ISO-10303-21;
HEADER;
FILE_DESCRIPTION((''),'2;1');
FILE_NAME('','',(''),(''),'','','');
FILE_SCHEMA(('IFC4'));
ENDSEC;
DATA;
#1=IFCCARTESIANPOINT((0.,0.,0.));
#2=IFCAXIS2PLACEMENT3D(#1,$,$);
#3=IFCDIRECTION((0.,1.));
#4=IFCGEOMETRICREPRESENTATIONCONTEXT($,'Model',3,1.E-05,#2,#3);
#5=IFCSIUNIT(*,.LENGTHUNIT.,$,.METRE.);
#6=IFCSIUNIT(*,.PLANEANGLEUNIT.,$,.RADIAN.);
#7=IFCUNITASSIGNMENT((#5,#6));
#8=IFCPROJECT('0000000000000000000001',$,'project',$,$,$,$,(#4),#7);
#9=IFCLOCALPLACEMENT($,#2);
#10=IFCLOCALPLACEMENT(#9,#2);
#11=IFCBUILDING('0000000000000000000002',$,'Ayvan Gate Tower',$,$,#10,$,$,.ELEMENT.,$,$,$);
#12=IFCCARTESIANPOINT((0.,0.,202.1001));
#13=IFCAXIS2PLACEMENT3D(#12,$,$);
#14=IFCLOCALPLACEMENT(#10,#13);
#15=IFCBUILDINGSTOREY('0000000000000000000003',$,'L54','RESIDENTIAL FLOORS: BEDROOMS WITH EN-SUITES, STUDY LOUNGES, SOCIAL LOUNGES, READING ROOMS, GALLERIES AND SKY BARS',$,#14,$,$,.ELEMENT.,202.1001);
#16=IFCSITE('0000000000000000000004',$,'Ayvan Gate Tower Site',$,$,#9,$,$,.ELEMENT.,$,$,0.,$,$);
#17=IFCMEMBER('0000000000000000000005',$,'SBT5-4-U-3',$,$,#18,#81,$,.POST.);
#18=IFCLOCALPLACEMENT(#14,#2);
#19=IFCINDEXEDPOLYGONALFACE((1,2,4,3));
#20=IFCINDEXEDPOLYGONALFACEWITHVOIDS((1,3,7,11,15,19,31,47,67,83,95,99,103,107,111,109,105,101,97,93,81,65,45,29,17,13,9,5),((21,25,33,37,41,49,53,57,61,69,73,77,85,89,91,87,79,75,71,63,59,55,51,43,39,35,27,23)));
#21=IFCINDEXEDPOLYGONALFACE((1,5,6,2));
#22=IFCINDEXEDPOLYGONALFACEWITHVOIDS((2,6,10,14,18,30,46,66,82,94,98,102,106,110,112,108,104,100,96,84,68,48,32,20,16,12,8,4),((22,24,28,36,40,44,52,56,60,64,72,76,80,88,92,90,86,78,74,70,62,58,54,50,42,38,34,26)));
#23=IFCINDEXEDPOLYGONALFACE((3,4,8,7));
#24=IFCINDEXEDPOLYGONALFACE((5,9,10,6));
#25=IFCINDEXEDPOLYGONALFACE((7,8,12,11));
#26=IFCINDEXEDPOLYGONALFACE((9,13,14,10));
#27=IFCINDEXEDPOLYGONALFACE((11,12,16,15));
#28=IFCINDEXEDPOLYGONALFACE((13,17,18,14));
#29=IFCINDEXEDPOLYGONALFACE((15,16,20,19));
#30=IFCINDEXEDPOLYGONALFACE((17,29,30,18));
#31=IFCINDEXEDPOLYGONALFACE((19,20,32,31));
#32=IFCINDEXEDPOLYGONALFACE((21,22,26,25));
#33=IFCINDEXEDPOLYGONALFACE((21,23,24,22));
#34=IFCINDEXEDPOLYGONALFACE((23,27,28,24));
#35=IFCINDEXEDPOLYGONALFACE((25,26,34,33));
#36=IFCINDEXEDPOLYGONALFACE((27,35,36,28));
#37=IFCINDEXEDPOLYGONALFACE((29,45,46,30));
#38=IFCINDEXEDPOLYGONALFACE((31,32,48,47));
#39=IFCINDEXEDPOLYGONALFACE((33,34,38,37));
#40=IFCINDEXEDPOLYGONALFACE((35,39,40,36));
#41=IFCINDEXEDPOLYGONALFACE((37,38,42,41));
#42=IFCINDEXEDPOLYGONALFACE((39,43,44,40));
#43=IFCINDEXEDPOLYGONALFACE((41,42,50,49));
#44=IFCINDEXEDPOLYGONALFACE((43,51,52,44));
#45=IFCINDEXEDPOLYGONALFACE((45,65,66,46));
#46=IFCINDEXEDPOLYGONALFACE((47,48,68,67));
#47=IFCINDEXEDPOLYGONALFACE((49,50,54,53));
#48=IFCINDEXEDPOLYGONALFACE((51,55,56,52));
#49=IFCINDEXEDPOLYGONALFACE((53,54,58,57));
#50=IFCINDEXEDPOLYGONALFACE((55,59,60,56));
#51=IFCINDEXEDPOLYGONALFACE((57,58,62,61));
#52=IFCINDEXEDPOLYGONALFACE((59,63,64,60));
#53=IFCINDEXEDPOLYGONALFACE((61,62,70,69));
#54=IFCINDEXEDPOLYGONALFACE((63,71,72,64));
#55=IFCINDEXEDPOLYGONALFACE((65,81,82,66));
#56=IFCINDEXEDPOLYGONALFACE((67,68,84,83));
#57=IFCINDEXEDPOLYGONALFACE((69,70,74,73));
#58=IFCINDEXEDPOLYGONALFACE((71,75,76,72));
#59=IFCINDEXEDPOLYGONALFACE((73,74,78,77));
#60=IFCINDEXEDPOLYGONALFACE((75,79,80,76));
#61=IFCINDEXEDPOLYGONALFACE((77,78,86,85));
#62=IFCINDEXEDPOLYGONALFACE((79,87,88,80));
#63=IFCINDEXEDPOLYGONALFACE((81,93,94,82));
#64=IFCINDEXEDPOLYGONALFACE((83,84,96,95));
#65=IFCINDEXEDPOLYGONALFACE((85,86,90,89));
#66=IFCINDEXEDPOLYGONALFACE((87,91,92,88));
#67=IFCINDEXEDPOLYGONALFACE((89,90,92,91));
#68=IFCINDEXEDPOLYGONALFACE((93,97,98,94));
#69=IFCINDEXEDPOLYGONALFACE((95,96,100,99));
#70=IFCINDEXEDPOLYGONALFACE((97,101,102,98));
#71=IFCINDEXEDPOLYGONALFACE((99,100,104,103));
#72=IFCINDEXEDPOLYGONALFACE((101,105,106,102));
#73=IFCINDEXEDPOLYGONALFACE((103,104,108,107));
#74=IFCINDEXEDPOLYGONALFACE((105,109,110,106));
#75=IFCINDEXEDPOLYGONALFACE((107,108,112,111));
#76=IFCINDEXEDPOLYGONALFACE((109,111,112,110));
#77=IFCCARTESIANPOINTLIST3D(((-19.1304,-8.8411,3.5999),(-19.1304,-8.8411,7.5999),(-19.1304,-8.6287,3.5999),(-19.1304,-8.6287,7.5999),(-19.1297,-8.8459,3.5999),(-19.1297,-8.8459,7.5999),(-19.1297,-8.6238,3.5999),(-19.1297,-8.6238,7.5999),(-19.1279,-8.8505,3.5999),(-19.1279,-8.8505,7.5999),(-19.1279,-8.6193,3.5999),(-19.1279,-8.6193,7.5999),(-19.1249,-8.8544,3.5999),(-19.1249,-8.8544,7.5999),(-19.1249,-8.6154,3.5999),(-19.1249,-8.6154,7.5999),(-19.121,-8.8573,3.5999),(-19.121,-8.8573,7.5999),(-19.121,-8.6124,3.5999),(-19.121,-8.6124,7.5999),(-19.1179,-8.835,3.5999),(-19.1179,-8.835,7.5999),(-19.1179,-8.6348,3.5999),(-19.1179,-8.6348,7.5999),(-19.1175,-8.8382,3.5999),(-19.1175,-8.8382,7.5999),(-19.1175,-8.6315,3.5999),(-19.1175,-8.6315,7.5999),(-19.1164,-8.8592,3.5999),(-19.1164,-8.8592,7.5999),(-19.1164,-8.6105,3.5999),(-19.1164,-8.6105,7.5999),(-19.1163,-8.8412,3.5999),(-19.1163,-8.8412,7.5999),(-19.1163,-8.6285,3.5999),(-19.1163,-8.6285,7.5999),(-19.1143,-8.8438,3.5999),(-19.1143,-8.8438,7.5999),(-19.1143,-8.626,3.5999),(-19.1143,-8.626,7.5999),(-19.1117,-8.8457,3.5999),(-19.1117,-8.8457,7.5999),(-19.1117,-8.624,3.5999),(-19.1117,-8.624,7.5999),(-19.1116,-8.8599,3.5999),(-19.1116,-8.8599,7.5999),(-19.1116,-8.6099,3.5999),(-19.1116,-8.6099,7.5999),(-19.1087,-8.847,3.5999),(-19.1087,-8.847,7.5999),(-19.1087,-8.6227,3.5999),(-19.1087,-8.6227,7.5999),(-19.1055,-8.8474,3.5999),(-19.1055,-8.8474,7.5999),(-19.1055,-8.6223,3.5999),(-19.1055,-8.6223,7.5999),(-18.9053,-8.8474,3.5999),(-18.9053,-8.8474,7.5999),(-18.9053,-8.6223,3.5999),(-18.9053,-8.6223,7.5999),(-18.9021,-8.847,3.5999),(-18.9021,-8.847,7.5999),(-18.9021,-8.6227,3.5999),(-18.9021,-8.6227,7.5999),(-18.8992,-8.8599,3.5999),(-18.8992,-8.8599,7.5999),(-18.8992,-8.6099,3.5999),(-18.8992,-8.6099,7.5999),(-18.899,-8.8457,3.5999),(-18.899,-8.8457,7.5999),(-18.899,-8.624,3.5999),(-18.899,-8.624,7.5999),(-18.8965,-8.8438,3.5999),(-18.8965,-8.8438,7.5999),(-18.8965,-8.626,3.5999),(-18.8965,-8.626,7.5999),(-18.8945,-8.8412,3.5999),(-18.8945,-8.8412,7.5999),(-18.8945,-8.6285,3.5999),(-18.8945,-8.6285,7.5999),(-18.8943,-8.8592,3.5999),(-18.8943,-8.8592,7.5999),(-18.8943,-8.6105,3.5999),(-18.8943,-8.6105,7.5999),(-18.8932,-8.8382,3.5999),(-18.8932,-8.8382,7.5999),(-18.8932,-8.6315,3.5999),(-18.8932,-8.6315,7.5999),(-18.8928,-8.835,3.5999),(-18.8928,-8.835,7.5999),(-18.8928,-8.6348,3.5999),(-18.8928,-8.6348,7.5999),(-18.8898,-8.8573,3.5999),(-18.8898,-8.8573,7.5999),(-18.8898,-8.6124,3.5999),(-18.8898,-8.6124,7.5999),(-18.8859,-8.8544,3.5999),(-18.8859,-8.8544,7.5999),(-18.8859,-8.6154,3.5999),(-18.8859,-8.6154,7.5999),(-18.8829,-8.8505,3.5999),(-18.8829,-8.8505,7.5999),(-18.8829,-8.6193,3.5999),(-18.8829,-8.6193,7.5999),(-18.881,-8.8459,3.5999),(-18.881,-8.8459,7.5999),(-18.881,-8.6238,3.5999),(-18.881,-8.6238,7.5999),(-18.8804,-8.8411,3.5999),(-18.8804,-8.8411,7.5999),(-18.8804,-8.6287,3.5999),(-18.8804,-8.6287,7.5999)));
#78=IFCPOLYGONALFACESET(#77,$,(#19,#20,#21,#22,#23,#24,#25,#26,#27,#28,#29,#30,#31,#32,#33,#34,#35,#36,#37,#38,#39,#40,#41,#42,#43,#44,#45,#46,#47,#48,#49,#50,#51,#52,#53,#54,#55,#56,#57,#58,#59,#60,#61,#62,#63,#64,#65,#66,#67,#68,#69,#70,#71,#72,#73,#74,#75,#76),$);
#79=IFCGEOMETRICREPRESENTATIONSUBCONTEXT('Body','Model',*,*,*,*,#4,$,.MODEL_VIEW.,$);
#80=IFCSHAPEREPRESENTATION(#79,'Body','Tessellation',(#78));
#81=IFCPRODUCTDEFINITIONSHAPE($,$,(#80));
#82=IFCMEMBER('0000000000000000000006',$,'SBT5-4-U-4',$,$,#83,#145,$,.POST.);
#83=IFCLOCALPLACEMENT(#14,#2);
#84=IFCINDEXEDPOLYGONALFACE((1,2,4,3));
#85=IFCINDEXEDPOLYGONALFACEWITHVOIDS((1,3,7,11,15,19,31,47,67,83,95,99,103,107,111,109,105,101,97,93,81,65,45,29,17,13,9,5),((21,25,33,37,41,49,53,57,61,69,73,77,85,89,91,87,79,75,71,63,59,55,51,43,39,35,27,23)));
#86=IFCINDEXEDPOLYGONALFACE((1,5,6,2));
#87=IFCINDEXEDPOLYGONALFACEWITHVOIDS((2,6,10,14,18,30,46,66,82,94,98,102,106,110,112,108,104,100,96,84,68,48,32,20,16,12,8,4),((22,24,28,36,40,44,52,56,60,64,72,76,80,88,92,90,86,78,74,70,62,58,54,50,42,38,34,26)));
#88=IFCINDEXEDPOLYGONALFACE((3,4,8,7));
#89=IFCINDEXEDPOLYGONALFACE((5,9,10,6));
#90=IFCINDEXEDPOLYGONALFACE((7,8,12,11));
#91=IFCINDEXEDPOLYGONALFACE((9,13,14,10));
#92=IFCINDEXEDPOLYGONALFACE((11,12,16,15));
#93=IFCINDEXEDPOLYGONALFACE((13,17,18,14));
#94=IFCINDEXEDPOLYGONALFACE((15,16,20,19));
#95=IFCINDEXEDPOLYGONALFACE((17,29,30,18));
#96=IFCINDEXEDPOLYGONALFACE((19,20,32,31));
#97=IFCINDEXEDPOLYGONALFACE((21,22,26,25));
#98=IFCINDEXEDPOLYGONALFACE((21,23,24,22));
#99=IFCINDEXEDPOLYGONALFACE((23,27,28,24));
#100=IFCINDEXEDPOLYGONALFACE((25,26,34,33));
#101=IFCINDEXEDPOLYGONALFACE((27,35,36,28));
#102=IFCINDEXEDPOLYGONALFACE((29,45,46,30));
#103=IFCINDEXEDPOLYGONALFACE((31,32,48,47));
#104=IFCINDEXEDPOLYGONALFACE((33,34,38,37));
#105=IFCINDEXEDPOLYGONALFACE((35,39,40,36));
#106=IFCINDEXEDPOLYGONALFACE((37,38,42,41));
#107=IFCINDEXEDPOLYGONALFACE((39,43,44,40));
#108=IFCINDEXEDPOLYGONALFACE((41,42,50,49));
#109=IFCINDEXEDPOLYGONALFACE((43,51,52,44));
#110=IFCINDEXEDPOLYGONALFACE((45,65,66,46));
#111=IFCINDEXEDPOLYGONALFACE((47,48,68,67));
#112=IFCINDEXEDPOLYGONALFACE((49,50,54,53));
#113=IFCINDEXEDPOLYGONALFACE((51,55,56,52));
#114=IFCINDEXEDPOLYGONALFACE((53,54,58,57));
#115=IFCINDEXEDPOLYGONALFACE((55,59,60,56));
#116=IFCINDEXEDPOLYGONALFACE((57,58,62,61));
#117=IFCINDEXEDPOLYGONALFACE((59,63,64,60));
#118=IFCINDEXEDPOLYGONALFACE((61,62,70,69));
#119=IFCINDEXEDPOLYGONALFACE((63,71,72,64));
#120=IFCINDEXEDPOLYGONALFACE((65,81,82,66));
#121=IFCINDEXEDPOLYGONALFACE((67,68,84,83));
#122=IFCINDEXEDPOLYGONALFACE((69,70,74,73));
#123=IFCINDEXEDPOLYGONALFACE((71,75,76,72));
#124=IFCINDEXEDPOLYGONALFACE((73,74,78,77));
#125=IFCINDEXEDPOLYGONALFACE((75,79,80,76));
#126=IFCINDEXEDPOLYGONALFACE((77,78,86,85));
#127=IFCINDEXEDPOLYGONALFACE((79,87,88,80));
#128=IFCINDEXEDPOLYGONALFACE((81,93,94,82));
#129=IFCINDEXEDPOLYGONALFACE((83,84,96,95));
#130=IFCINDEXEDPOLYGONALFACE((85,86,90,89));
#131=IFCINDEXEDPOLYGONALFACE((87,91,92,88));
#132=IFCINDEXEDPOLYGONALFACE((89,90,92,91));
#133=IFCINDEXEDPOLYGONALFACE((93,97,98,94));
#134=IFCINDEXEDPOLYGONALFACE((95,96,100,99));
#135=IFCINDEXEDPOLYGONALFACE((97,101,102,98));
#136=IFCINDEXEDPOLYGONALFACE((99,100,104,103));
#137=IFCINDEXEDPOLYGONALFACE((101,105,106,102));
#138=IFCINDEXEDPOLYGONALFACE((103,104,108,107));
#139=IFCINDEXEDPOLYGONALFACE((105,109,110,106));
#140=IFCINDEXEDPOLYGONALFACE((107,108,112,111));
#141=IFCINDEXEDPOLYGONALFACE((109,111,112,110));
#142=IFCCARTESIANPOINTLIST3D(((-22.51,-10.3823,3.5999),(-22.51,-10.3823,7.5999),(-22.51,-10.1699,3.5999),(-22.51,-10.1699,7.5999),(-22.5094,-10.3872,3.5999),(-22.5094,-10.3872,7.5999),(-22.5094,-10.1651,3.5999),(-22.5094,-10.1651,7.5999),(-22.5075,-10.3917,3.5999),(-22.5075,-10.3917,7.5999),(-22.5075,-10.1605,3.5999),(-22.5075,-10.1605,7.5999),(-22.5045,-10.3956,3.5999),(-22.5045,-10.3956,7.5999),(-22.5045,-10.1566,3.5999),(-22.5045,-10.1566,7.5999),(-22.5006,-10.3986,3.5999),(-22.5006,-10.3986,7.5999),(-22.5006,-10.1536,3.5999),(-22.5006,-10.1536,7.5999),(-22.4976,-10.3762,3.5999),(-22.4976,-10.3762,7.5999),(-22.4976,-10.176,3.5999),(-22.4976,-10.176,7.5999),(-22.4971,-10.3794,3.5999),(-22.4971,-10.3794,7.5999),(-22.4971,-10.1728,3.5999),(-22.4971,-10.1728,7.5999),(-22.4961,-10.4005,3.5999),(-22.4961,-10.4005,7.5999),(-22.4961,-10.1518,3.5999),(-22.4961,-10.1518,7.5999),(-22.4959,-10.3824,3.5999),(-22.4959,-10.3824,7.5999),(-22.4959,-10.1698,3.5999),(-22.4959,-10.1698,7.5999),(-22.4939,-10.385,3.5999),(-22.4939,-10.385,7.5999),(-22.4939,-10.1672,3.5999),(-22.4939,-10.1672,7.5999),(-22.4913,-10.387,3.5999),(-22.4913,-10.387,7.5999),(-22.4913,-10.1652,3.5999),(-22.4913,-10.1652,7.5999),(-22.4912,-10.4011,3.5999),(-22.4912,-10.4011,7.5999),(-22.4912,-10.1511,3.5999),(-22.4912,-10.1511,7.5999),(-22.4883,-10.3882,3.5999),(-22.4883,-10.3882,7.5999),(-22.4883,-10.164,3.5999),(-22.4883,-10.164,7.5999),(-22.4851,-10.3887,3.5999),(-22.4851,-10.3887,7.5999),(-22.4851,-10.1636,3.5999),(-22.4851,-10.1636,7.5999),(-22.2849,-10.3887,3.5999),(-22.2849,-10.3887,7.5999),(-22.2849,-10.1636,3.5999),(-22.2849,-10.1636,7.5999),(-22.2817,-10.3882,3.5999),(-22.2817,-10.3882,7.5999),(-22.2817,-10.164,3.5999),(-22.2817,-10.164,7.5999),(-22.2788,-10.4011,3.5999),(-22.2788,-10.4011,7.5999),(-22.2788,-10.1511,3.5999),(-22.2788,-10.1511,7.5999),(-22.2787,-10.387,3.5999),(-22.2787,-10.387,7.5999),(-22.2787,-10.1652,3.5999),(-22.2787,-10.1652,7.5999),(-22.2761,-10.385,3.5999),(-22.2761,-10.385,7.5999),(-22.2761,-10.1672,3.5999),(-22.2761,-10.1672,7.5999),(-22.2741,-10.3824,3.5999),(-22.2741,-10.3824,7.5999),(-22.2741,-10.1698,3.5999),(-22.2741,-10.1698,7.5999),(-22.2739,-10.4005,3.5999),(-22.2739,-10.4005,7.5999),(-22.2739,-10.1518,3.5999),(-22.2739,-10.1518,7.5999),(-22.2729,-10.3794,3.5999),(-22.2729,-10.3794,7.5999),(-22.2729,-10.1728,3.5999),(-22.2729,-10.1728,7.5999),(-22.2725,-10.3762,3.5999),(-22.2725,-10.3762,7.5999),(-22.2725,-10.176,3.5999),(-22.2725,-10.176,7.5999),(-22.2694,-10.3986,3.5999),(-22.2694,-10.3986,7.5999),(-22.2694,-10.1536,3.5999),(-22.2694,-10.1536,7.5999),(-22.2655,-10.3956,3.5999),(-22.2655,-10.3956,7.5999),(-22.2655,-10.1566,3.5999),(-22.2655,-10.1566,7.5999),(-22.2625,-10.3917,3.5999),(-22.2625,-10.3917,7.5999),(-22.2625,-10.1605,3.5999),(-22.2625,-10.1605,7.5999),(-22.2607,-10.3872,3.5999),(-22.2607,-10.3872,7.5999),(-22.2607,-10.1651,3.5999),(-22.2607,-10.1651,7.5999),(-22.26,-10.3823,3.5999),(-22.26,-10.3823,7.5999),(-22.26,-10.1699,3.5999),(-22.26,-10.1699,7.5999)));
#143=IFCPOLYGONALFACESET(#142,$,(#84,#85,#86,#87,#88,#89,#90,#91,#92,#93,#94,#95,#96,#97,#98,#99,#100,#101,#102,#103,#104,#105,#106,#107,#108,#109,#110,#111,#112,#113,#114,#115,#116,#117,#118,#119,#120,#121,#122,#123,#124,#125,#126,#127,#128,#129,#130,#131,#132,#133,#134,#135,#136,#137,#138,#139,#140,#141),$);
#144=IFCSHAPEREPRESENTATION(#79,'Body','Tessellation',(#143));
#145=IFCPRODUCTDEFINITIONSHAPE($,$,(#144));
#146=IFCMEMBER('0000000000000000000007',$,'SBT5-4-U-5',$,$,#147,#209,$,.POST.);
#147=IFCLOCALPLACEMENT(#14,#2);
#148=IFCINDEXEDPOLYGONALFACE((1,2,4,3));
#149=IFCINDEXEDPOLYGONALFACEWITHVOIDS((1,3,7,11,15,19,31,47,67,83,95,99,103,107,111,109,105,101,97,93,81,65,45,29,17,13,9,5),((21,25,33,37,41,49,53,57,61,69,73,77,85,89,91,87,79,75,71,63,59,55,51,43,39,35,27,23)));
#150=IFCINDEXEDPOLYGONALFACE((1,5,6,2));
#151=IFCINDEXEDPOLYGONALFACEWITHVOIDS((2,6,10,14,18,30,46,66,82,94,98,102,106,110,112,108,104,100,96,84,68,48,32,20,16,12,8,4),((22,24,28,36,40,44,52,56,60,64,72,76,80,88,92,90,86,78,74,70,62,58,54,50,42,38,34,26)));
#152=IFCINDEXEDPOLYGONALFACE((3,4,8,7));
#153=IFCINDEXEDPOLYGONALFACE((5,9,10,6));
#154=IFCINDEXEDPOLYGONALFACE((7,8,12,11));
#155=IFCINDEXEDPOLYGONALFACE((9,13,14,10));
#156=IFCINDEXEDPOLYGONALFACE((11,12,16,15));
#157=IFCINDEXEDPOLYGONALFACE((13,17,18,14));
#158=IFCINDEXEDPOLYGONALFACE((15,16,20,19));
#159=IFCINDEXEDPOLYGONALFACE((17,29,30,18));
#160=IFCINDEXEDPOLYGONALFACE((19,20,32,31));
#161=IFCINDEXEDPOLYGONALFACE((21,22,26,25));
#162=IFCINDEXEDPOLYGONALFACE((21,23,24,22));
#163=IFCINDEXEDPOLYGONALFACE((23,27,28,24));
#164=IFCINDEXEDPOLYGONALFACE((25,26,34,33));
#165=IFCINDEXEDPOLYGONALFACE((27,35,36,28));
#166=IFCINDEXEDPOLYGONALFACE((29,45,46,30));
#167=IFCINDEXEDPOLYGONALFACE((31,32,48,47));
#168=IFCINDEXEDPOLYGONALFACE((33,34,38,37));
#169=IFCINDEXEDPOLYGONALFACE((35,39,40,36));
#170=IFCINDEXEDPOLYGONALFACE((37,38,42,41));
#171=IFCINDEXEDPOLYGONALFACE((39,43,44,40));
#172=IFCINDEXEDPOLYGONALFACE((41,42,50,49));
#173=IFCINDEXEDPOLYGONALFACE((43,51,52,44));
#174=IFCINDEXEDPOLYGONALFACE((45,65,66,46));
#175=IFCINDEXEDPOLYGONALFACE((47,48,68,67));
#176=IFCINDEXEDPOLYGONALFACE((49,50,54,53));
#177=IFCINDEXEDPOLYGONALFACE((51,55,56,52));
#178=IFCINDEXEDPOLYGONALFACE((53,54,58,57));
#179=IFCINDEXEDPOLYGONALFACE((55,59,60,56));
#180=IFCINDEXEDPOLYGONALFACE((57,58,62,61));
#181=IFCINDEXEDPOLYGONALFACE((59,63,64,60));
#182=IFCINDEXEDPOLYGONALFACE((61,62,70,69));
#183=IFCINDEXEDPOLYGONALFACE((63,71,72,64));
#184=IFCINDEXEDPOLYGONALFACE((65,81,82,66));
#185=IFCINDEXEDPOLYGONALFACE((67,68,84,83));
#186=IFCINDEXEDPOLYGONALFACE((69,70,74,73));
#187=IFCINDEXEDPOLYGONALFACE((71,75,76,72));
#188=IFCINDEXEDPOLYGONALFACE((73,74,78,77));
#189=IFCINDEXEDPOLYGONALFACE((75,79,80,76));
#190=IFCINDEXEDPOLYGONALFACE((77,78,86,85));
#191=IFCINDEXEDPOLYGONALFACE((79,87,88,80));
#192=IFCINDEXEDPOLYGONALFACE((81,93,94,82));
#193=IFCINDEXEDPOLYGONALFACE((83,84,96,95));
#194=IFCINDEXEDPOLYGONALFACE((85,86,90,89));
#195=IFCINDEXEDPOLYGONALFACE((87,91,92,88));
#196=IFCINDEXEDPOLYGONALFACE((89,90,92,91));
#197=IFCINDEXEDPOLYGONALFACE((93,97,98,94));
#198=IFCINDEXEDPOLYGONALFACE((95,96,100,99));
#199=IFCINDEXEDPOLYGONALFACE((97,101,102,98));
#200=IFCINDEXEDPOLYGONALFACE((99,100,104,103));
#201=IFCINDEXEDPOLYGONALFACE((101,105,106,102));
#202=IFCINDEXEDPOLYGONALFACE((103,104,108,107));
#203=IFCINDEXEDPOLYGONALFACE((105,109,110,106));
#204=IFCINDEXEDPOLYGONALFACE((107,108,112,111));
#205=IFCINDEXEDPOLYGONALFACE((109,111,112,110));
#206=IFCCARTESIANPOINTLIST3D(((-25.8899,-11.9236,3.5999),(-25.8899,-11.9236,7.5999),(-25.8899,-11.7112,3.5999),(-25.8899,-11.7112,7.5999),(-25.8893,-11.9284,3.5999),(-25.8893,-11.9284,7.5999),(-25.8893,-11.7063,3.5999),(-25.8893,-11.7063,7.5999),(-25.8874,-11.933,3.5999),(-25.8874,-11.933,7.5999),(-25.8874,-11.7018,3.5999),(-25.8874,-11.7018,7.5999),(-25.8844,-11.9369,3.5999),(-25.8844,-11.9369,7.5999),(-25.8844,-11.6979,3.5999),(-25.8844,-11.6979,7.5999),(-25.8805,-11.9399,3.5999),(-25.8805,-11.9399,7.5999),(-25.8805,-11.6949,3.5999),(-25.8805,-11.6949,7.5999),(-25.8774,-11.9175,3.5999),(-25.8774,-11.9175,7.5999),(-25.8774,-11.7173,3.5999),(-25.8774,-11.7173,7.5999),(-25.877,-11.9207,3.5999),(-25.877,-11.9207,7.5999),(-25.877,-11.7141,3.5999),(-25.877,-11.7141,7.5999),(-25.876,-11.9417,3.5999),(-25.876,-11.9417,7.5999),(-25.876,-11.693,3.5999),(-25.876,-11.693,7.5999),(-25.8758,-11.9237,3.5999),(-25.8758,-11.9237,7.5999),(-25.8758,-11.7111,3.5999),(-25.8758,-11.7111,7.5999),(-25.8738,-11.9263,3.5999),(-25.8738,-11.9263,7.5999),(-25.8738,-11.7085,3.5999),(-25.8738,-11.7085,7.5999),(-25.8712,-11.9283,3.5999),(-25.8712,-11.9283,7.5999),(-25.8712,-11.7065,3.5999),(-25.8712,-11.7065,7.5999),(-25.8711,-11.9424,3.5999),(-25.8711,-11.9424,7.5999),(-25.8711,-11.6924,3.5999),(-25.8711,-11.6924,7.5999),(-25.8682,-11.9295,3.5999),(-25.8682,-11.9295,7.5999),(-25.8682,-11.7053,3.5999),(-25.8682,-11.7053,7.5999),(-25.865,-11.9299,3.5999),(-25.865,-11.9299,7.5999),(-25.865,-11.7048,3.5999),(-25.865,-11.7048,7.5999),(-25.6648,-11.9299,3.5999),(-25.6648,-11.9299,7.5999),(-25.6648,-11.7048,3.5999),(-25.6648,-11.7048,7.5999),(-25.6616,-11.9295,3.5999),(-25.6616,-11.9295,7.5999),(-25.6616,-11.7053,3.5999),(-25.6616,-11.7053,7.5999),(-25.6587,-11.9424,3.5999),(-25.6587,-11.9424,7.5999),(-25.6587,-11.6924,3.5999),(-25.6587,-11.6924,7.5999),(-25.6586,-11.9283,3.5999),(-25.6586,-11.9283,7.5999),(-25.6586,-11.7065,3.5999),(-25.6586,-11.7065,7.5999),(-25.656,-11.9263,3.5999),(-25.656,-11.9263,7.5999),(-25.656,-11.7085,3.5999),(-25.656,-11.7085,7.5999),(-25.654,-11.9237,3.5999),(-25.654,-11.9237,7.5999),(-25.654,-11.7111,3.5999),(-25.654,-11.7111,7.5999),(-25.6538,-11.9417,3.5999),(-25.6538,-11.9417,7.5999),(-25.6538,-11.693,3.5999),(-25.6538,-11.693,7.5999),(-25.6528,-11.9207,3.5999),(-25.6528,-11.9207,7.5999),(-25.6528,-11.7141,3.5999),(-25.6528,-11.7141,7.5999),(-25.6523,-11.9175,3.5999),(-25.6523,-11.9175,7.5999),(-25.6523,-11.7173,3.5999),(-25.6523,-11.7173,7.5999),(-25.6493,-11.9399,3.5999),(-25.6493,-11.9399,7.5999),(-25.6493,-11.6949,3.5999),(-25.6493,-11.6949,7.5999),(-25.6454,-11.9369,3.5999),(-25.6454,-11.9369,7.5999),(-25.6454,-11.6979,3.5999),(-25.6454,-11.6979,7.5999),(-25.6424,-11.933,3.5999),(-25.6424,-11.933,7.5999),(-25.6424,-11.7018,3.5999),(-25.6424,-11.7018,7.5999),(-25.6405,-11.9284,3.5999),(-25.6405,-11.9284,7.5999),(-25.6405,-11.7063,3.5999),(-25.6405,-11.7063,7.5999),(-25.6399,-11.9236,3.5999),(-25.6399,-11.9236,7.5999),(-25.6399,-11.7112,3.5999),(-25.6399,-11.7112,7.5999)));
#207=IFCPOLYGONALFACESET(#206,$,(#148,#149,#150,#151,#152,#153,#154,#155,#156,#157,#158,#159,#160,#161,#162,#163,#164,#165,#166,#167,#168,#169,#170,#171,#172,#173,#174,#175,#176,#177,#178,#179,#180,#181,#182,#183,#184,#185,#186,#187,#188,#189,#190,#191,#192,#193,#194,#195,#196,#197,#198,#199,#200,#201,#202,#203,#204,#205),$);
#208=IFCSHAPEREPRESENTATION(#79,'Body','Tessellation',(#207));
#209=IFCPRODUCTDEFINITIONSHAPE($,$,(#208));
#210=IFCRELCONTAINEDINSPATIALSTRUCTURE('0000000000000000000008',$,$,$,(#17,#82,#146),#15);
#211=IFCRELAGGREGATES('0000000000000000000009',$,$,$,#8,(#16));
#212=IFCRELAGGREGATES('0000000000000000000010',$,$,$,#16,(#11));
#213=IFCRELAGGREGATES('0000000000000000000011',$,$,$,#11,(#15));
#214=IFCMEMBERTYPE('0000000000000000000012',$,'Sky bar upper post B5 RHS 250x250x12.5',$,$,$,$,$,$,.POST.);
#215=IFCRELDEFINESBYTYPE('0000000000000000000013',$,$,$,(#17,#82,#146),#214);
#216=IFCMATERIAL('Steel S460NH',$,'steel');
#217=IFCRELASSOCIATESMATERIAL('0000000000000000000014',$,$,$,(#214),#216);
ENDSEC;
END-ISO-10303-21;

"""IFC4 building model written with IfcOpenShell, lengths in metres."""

from ifc_helpers import new_model, si_unit, direction, frame, origin, origin_2d, place, context, subcontext, project, spatial, hollow_rectangle, extrude, material, material_profile, profile_set, type_object, element, save


model = new_model("IFC4")

# Units and contexts
model_context = context("Model", 3, precision=1e-05, world=origin(), true_north=direction((0.0, 1.0)))
body_context = subcontext(model_context, "Body", "Model", "MODEL_VIEW")
ifc_project = project(units=[si_unit("LENGTHUNIT", "METRE"), si_unit("PLANEANGLEUNIT", "RADIAN")], contexts=[model_context])

# Site, building, storey
site_placement = place(None, origin())
site = spatial("IfcSite", under=ifc_project, at=site_placement, Name="Ayvan Gate Tower Site", CompositionType="ELEMENT", RefElevation=0.0)
building_placement = place(site_placement, origin())
building = spatial("IfcBuilding", under=site, at=building_placement, Name="Ayvan Gate Tower", CompositionType="ELEMENT")
storey_placement = place(building_placement, frame((0.0, 0.0, 202.1001)))
storey = spatial("IfcBuildingStorey", under=building, at=storey_placement, Name="L54", Description="RESIDENTIAL FLOORS: BEDROOMS WITH EN-SUITES, STUDY LOUNGES, SOCIAL LOUNGES, READING ROOMS, GALLERIES AND SKY BARS", CompositionType="ELEMENT", Elevation=202.1001)

# Members
ifc_material_1 = material(Name="Steel S460NH", Category="steel")
ifc_material_profile_1 = material_profile(ifc_material_1, hollow_rectangle(XDim=0.25, YDim=0.25, WallThickness=0.0125, InnerFilletRadius=0.0125, OuterFilletRadius=0.0188, at=origin_2d()), Name="RHS 250x250x12.5")
ifc_profile_set_1 = profile_set([ifc_material_profile_1], Name="Steel S460NH")
member_type_1 = type_object("IfcMemberType", Name="Sky bar upper post B5 RHS 250x250x12.5", PredefinedType="POST", material=ifc_profile_set_1)
for number, where, z_axis, x_axis, name in (
    (1, (-19.0054, -8.7349, 3.5999), (0.0, 0.0, 1.0), (1.0, 0.0, 0.0), "SBT5-4-U-3"),
    (2, (-22.385, -10.2761, 3.5999), (0.0, 0.0, 1.0), (1.0, 0.0, 0.0), "SBT5-4-U-4"),
    (3, (-25.7649, -11.8174, 3.5999), (0.0, 0.0, 1.0), (1.0, 0.0, 0.0), "SBT5-4-U-5"),
):
    element("IfcMember", number, at=place(storey_placement, frame(where, z_axis=z_axis, x_axis=x_axis)), inside=storey, type_object=member_type_1, Name=name, PredefinedType="POST", context=body_context, shape_type="SweptSolid", body=[
        extrude(hollow_rectangle(XDim=0.25, YDim=0.25, WallThickness=0.0125, InnerFilletRadius=0.0125, OuterFilletRadius=0.0188, at=origin_2d()), origin(), (0.0, 0.0, 1.0), 4.0),
    ])

save(model, "model.ifc")
